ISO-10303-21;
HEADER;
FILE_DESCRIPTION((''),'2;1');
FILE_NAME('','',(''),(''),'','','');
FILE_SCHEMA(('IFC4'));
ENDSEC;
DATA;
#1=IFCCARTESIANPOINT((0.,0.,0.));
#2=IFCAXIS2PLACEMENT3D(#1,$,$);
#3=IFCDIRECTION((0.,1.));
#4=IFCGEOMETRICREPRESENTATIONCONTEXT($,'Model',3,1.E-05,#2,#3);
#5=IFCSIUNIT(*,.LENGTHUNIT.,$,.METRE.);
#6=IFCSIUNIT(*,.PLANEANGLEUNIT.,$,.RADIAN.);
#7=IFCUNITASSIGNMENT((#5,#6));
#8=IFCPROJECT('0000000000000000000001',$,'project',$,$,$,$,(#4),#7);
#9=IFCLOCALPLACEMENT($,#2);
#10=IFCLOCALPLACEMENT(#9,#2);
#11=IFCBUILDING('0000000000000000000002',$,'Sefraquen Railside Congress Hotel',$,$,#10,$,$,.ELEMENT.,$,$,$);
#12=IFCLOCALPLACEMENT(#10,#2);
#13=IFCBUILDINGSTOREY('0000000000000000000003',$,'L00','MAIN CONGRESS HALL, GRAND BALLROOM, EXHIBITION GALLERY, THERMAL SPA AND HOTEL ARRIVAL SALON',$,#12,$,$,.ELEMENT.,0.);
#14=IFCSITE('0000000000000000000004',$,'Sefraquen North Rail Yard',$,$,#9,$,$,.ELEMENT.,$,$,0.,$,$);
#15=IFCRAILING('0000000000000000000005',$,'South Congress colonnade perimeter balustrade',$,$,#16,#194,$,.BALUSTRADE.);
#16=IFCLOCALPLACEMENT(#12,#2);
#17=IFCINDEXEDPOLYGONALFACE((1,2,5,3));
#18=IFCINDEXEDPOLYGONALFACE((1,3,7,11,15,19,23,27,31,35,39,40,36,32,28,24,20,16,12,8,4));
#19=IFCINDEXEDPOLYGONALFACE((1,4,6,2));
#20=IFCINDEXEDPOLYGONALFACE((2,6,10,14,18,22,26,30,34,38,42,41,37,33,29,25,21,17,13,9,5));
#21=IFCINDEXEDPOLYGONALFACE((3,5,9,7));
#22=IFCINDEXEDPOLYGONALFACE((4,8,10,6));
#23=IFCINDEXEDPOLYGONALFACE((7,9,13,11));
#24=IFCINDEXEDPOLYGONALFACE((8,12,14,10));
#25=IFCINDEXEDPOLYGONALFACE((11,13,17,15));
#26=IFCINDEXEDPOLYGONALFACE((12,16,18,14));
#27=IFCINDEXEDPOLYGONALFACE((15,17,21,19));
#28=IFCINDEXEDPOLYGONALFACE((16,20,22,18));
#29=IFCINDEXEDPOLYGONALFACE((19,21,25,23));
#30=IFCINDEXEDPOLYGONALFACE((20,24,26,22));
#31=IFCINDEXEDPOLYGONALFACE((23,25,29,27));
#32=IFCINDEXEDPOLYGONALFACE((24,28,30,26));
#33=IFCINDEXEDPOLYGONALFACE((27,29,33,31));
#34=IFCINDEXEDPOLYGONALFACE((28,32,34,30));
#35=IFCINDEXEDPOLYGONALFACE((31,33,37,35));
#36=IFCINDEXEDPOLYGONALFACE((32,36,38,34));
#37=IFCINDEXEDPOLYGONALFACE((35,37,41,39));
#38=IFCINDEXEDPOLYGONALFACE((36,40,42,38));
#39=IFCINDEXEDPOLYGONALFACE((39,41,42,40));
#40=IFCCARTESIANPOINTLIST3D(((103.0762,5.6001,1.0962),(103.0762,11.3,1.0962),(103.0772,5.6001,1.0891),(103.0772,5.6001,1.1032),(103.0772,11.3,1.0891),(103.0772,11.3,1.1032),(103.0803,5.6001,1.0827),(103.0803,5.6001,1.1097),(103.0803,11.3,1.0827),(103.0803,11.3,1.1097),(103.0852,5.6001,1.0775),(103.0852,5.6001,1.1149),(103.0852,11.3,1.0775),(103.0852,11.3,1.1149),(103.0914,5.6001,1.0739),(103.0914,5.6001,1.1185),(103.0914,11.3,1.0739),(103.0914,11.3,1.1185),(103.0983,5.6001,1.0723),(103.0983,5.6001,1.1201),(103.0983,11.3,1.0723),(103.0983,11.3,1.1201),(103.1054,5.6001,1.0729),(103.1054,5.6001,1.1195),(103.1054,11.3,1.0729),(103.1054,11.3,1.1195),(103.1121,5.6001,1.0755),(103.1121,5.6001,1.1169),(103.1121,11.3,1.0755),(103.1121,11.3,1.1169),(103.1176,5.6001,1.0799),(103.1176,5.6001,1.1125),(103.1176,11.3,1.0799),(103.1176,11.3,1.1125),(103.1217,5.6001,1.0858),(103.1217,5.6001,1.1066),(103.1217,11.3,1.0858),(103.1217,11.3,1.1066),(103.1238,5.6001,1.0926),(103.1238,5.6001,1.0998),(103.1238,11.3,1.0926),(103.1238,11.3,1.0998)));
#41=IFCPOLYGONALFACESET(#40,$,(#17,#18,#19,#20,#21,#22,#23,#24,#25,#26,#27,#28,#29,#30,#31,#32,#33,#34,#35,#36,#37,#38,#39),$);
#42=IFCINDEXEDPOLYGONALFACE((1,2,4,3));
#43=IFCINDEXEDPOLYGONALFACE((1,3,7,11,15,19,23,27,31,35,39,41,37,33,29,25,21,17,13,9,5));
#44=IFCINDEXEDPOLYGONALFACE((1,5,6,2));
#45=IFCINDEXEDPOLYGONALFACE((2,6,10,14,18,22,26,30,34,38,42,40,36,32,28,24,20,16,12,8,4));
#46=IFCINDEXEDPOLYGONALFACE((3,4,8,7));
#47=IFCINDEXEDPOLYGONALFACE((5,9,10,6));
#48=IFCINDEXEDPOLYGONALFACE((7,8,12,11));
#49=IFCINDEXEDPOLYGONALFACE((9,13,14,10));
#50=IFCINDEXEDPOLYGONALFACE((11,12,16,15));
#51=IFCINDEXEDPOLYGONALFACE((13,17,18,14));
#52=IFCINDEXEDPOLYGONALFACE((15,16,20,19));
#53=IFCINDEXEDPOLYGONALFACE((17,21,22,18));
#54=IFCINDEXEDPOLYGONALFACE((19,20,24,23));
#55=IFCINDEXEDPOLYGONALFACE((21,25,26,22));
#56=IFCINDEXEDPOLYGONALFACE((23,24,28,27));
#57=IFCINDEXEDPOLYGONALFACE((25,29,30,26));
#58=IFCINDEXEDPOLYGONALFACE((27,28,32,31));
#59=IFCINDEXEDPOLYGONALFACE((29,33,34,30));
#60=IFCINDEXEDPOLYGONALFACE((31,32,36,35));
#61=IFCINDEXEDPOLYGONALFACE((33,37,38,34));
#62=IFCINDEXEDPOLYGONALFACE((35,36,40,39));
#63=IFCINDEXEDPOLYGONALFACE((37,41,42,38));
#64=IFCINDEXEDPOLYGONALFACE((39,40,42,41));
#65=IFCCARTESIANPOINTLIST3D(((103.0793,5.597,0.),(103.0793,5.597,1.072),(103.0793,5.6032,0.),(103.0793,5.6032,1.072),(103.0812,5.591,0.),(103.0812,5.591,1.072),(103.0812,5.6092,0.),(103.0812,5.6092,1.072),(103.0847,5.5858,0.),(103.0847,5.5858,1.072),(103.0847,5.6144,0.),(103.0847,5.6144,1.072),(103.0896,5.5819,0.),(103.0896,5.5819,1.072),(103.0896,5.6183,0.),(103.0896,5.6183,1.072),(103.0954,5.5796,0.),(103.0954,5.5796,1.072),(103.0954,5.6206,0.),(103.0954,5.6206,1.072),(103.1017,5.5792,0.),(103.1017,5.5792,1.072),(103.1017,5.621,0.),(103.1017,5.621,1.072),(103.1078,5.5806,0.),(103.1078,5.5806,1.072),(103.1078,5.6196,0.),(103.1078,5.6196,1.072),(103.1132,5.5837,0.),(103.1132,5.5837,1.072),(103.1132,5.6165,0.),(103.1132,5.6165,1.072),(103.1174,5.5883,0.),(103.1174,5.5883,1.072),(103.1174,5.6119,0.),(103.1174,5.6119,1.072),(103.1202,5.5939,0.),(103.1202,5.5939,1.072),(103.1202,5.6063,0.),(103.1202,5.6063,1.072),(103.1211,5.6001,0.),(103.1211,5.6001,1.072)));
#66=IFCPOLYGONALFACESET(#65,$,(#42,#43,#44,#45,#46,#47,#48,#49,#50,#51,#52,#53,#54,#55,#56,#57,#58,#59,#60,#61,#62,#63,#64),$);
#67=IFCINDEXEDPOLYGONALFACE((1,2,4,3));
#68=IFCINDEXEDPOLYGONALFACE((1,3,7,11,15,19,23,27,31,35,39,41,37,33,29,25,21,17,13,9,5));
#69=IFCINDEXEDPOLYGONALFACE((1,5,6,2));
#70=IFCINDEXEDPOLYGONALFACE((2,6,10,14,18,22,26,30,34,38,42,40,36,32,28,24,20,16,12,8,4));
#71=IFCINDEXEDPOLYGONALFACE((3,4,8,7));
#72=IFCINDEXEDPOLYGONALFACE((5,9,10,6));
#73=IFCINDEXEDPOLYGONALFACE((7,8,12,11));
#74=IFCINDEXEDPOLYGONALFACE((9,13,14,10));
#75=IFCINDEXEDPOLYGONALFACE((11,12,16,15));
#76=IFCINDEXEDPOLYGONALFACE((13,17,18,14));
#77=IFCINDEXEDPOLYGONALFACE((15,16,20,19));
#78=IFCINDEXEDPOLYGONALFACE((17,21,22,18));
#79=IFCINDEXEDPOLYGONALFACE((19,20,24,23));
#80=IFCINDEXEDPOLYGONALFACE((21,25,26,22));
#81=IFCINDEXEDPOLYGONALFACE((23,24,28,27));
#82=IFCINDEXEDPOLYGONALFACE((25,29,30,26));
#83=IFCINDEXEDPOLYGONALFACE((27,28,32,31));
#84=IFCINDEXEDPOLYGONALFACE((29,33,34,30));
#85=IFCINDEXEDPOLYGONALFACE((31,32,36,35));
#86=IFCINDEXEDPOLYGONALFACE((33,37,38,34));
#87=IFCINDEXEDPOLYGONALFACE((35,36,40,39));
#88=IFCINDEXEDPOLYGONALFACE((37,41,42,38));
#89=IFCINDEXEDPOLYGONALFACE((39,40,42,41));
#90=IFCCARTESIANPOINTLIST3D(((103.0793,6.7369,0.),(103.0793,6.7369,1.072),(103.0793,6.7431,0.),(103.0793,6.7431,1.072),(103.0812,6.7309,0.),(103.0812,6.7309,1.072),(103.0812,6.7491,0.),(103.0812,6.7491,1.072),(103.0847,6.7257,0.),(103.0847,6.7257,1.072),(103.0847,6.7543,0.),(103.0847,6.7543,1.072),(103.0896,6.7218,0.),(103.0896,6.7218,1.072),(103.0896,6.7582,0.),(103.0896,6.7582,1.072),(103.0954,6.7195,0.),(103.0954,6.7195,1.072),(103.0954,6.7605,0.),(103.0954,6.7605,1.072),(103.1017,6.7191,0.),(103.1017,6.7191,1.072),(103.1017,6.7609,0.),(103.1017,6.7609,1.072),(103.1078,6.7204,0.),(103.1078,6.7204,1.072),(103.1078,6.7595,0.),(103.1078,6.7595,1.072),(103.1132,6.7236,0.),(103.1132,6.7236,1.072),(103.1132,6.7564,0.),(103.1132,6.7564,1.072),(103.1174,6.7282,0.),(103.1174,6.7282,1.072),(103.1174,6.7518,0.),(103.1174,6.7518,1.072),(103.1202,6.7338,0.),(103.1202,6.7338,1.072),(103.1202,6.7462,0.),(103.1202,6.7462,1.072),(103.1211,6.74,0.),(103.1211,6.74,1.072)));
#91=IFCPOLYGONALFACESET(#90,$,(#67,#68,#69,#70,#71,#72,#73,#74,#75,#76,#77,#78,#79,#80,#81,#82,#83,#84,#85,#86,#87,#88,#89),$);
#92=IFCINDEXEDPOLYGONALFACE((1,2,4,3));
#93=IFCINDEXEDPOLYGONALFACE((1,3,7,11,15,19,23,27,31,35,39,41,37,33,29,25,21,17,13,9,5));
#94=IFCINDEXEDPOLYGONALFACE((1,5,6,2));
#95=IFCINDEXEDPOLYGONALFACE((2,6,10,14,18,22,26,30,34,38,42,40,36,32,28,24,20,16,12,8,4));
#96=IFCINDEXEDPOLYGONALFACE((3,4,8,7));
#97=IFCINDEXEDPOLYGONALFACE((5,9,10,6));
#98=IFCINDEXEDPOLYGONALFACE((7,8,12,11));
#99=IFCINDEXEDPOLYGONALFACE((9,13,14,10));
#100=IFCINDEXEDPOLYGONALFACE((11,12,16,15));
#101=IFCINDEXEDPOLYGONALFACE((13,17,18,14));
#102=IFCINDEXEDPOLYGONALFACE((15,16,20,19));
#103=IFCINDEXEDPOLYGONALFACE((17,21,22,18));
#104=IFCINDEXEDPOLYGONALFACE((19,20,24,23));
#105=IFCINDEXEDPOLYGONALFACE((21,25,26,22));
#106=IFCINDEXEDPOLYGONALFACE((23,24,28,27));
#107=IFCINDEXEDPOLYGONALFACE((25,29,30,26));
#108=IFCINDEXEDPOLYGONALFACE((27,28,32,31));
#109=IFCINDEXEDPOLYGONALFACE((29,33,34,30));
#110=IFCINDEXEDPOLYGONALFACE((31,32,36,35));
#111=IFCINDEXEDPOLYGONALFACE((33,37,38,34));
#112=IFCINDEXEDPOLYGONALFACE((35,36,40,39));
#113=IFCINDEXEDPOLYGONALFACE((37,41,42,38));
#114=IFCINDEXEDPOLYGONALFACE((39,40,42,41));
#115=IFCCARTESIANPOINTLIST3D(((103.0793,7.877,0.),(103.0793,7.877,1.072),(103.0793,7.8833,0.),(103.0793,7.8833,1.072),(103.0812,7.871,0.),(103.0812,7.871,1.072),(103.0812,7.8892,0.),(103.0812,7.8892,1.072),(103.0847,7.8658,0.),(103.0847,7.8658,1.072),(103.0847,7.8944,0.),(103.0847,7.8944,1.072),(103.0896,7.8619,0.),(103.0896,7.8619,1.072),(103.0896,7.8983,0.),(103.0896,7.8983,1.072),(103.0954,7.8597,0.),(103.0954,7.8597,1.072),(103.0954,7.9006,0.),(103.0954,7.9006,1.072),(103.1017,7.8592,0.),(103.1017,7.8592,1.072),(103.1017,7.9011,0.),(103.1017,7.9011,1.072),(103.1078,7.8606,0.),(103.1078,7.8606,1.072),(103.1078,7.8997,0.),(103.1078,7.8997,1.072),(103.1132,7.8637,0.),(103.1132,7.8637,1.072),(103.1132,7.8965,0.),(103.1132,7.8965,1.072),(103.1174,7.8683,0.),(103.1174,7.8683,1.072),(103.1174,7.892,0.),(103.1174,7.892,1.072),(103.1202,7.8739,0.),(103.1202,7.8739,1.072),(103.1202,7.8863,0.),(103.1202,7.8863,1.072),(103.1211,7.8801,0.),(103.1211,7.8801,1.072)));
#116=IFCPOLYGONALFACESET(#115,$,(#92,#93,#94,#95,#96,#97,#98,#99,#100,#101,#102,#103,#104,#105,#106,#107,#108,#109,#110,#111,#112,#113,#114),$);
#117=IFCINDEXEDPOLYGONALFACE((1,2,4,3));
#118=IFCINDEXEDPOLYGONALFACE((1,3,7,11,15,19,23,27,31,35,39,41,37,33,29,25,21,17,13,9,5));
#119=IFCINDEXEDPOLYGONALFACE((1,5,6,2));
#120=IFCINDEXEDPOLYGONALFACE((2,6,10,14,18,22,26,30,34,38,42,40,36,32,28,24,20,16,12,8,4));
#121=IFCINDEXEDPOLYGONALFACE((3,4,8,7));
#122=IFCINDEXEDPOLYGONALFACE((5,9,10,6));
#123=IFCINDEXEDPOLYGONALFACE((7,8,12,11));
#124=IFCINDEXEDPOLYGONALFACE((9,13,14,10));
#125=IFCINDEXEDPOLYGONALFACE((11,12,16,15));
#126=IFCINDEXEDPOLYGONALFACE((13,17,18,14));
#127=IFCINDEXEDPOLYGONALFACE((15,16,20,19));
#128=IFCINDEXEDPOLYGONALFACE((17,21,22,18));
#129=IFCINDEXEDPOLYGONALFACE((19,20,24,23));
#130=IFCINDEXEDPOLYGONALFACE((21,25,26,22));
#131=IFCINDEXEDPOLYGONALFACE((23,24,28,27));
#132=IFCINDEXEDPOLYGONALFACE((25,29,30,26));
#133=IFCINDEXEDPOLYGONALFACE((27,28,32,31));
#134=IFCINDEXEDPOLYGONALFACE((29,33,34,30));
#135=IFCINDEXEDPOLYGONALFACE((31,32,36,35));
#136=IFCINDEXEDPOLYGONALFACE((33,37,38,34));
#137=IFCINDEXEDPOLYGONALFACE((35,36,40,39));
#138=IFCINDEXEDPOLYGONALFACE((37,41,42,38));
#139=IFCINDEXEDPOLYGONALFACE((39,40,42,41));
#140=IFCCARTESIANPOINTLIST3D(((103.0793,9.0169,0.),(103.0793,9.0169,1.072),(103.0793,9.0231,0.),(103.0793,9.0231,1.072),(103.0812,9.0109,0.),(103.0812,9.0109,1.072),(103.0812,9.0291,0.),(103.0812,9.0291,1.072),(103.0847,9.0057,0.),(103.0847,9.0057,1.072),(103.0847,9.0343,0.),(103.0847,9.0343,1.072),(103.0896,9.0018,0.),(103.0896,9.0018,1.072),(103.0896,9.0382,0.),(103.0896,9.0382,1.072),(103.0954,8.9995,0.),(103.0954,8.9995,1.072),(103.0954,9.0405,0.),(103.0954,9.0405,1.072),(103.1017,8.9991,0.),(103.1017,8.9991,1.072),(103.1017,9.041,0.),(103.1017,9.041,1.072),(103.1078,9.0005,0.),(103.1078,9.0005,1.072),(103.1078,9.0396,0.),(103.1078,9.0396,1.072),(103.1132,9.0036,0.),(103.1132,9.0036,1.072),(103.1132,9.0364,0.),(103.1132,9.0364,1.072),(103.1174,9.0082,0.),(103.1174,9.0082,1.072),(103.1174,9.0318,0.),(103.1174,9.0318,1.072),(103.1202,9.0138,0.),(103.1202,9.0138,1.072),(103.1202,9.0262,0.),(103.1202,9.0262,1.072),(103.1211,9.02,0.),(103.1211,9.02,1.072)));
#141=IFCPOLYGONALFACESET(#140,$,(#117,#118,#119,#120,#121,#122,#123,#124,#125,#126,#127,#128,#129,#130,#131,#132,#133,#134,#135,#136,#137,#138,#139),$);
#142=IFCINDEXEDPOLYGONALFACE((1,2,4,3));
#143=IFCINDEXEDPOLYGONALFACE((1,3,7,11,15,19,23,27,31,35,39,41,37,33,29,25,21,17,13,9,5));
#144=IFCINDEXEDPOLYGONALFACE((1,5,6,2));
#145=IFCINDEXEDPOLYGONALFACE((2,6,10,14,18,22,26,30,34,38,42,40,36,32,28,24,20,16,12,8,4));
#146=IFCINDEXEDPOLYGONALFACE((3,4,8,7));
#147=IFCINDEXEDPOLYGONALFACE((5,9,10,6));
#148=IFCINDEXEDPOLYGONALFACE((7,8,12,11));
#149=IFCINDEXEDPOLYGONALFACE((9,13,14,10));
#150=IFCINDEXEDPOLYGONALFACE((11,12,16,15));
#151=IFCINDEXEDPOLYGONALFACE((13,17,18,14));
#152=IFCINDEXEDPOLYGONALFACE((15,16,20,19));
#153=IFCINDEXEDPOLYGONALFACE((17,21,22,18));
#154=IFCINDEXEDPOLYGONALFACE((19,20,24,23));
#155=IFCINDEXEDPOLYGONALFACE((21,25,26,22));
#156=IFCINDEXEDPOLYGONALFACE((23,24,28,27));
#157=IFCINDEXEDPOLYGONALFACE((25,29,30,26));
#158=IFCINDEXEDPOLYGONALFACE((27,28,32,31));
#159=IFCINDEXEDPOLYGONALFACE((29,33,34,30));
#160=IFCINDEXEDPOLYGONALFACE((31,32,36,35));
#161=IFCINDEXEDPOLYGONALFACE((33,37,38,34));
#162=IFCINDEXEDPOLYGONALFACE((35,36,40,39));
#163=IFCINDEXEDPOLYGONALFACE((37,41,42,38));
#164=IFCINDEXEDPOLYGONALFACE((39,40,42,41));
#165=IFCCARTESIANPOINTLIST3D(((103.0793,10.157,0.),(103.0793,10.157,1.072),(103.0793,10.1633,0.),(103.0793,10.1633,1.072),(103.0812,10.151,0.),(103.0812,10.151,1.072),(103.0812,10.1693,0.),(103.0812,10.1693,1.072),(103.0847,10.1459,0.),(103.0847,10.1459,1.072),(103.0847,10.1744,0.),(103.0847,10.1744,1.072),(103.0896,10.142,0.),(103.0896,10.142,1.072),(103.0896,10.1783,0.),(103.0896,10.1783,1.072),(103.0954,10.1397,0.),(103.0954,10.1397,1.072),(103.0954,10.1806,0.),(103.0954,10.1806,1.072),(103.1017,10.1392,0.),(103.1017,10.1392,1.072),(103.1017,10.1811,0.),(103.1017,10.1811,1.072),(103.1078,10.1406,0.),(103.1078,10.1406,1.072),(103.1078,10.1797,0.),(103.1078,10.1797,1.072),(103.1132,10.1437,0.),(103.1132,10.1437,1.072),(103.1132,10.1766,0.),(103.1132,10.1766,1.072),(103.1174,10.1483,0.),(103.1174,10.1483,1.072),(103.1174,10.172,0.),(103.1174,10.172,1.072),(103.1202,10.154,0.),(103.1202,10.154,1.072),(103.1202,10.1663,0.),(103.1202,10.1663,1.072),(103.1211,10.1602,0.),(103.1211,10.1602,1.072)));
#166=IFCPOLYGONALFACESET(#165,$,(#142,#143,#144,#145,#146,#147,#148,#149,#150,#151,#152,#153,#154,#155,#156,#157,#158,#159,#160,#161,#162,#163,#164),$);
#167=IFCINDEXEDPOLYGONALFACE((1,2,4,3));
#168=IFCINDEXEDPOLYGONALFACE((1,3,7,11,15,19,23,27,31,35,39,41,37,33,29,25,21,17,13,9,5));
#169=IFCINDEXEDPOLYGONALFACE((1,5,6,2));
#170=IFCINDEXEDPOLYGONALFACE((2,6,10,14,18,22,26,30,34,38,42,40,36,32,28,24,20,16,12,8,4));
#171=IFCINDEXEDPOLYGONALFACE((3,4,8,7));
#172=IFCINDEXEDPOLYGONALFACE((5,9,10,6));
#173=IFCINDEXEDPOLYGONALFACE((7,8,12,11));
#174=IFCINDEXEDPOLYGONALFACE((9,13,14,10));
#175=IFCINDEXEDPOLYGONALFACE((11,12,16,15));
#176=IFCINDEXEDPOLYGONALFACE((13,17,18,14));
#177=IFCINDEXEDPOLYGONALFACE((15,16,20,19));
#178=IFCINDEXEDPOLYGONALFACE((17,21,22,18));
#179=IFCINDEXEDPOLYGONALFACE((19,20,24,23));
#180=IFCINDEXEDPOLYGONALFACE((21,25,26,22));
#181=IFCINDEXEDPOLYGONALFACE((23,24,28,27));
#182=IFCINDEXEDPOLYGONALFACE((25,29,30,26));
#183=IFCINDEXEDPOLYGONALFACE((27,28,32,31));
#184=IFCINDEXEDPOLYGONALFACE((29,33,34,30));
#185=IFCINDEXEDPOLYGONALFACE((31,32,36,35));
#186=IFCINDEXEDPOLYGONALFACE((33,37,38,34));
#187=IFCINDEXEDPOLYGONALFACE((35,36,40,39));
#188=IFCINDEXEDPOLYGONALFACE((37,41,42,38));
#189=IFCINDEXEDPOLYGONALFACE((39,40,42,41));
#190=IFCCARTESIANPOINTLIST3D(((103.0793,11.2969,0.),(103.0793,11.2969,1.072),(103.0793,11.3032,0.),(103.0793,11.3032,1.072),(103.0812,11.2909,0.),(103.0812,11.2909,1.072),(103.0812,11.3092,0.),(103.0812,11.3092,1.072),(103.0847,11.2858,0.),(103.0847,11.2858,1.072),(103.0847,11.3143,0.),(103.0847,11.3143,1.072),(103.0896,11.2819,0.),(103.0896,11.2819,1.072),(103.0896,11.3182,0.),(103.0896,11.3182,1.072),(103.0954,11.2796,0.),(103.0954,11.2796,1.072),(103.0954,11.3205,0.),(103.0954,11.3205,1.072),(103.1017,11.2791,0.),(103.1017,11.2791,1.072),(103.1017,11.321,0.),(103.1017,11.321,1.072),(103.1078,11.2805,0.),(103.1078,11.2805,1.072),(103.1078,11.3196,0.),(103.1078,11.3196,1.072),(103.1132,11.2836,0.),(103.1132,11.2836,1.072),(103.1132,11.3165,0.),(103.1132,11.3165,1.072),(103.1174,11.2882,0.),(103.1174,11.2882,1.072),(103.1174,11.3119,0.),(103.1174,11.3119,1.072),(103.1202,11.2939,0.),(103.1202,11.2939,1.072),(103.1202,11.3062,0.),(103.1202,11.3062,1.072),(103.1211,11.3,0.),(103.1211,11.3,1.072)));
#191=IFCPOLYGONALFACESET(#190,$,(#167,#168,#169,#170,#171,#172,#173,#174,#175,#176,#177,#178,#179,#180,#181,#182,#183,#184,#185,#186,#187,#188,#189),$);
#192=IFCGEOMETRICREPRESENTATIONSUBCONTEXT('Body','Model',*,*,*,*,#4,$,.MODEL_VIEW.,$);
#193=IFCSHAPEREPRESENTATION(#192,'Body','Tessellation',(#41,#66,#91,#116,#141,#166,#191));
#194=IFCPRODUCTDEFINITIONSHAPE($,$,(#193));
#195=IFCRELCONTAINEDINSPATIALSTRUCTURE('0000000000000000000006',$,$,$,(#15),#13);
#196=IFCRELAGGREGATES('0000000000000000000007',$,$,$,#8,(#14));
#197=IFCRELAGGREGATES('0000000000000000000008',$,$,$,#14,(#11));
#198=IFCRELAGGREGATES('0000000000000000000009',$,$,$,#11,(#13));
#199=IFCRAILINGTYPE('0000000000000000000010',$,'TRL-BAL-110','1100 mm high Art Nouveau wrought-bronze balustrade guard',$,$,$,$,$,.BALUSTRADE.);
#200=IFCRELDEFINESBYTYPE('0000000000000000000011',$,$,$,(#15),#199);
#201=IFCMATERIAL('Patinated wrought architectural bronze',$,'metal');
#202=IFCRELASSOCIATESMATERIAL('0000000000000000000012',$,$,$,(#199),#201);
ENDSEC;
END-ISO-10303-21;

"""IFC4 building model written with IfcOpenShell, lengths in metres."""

from ifc_helpers import new_model, si_unit, direction, frame, origin, origin_2d, place, context, subcontext, project, spatial, circle, extrude, material, type_object, element, save


model = new_model("IFC4")

# Units and contexts
model_context = context("Model", 3, precision=1e-05, world=origin(), true_north=direction((0.0, 1.0)))
body_context = subcontext(model_context, "Body", "Model", "MODEL_VIEW")
ifc_project = project(units=[si_unit("LENGTHUNIT", "METRE"), si_unit("PLANEANGLEUNIT", "RADIAN")], contexts=[model_context])

# Site, building, storey
site_placement = place(None, origin())
site = spatial("IfcSite", under=ifc_project, at=site_placement, Name="Sefraquen North Rail Yard", CompositionType="ELEMENT", RefElevation=0.0)
building_placement = place(site_placement, origin())
building = spatial("IfcBuilding", under=site, at=building_placement, Name="Sefraquen Railside Congress Hotel", CompositionType="ELEMENT")
storey_placement = place(building_placement, origin())
storey = spatial("IfcBuildingStorey", under=building, at=storey_placement, Name="L00", Description="MAIN CONGRESS HALL, GRAND BALLROOM, EXHIBITION GALLERY, THERMAL SPA AND HOTEL ARRIVAL SALON", CompositionType="ELEMENT", Elevation=0.0)

# Railing
ifc_material_1 = material(Name="Patinated wrought architectural bronze", Category="metal")
railing_type = type_object("IfcRailingType", Name="TRL-BAL-110", Description="1100 mm high Art Nouveau wrought-bronze balustrade guard", PredefinedType="BALUSTRADE", material=ifc_material_1)
railing_placement = place(storey_placement, frame((103.1001, 5.6001, 0.0)))
element("IfcRailing", 1, at=railing_placement, inside=storey, type_object=railing_type, Name="South Congress colonnade perimeter balustrade", PredefinedType="BALUSTRADE", context=body_context, shape_type="SweptSolid", body=[
    extrude(circle(Radius=0.0239, at=origin_2d()), frame((0.0, 0.0, 1.0962), z_axis=(0.0, 1.0, 0.0), x_axis=(-1.0, 0.0, 0.0)), (0.0, 0.0, 1.0), 5.7),
    extrude(circle(Radius=0.021, at=origin_2d()), origin(), (0.0, 0.0, 1.0), 1.072),
    extrude(circle(Radius=0.021, at=origin_2d()), frame((0.0, 1.1399, 0.0)), (0.0, 0.0, 1.0), 1.072),
    extrude(circle(Radius=0.021, at=origin_2d()), frame((0.0, 2.28, 0.0)), (0.0, 0.0, 1.0), 1.072),
    extrude(circle(Radius=0.021, at=origin_2d()), frame((0.0, 3.4199, 0.0)), (0.0, 0.0, 1.0), 1.072),
    extrude(circle(Radius=0.021, at=origin_2d()), frame((0.0, 4.5601, 0.0)), (0.0, 0.0, 1.0), 1.072),
    extrude(circle(Radius=0.021, at=origin_2d()), frame((0.0, 5.7, 0.0)), (0.0, 0.0, 1.0), 1.072),
])

save(model, "model.ifc")
